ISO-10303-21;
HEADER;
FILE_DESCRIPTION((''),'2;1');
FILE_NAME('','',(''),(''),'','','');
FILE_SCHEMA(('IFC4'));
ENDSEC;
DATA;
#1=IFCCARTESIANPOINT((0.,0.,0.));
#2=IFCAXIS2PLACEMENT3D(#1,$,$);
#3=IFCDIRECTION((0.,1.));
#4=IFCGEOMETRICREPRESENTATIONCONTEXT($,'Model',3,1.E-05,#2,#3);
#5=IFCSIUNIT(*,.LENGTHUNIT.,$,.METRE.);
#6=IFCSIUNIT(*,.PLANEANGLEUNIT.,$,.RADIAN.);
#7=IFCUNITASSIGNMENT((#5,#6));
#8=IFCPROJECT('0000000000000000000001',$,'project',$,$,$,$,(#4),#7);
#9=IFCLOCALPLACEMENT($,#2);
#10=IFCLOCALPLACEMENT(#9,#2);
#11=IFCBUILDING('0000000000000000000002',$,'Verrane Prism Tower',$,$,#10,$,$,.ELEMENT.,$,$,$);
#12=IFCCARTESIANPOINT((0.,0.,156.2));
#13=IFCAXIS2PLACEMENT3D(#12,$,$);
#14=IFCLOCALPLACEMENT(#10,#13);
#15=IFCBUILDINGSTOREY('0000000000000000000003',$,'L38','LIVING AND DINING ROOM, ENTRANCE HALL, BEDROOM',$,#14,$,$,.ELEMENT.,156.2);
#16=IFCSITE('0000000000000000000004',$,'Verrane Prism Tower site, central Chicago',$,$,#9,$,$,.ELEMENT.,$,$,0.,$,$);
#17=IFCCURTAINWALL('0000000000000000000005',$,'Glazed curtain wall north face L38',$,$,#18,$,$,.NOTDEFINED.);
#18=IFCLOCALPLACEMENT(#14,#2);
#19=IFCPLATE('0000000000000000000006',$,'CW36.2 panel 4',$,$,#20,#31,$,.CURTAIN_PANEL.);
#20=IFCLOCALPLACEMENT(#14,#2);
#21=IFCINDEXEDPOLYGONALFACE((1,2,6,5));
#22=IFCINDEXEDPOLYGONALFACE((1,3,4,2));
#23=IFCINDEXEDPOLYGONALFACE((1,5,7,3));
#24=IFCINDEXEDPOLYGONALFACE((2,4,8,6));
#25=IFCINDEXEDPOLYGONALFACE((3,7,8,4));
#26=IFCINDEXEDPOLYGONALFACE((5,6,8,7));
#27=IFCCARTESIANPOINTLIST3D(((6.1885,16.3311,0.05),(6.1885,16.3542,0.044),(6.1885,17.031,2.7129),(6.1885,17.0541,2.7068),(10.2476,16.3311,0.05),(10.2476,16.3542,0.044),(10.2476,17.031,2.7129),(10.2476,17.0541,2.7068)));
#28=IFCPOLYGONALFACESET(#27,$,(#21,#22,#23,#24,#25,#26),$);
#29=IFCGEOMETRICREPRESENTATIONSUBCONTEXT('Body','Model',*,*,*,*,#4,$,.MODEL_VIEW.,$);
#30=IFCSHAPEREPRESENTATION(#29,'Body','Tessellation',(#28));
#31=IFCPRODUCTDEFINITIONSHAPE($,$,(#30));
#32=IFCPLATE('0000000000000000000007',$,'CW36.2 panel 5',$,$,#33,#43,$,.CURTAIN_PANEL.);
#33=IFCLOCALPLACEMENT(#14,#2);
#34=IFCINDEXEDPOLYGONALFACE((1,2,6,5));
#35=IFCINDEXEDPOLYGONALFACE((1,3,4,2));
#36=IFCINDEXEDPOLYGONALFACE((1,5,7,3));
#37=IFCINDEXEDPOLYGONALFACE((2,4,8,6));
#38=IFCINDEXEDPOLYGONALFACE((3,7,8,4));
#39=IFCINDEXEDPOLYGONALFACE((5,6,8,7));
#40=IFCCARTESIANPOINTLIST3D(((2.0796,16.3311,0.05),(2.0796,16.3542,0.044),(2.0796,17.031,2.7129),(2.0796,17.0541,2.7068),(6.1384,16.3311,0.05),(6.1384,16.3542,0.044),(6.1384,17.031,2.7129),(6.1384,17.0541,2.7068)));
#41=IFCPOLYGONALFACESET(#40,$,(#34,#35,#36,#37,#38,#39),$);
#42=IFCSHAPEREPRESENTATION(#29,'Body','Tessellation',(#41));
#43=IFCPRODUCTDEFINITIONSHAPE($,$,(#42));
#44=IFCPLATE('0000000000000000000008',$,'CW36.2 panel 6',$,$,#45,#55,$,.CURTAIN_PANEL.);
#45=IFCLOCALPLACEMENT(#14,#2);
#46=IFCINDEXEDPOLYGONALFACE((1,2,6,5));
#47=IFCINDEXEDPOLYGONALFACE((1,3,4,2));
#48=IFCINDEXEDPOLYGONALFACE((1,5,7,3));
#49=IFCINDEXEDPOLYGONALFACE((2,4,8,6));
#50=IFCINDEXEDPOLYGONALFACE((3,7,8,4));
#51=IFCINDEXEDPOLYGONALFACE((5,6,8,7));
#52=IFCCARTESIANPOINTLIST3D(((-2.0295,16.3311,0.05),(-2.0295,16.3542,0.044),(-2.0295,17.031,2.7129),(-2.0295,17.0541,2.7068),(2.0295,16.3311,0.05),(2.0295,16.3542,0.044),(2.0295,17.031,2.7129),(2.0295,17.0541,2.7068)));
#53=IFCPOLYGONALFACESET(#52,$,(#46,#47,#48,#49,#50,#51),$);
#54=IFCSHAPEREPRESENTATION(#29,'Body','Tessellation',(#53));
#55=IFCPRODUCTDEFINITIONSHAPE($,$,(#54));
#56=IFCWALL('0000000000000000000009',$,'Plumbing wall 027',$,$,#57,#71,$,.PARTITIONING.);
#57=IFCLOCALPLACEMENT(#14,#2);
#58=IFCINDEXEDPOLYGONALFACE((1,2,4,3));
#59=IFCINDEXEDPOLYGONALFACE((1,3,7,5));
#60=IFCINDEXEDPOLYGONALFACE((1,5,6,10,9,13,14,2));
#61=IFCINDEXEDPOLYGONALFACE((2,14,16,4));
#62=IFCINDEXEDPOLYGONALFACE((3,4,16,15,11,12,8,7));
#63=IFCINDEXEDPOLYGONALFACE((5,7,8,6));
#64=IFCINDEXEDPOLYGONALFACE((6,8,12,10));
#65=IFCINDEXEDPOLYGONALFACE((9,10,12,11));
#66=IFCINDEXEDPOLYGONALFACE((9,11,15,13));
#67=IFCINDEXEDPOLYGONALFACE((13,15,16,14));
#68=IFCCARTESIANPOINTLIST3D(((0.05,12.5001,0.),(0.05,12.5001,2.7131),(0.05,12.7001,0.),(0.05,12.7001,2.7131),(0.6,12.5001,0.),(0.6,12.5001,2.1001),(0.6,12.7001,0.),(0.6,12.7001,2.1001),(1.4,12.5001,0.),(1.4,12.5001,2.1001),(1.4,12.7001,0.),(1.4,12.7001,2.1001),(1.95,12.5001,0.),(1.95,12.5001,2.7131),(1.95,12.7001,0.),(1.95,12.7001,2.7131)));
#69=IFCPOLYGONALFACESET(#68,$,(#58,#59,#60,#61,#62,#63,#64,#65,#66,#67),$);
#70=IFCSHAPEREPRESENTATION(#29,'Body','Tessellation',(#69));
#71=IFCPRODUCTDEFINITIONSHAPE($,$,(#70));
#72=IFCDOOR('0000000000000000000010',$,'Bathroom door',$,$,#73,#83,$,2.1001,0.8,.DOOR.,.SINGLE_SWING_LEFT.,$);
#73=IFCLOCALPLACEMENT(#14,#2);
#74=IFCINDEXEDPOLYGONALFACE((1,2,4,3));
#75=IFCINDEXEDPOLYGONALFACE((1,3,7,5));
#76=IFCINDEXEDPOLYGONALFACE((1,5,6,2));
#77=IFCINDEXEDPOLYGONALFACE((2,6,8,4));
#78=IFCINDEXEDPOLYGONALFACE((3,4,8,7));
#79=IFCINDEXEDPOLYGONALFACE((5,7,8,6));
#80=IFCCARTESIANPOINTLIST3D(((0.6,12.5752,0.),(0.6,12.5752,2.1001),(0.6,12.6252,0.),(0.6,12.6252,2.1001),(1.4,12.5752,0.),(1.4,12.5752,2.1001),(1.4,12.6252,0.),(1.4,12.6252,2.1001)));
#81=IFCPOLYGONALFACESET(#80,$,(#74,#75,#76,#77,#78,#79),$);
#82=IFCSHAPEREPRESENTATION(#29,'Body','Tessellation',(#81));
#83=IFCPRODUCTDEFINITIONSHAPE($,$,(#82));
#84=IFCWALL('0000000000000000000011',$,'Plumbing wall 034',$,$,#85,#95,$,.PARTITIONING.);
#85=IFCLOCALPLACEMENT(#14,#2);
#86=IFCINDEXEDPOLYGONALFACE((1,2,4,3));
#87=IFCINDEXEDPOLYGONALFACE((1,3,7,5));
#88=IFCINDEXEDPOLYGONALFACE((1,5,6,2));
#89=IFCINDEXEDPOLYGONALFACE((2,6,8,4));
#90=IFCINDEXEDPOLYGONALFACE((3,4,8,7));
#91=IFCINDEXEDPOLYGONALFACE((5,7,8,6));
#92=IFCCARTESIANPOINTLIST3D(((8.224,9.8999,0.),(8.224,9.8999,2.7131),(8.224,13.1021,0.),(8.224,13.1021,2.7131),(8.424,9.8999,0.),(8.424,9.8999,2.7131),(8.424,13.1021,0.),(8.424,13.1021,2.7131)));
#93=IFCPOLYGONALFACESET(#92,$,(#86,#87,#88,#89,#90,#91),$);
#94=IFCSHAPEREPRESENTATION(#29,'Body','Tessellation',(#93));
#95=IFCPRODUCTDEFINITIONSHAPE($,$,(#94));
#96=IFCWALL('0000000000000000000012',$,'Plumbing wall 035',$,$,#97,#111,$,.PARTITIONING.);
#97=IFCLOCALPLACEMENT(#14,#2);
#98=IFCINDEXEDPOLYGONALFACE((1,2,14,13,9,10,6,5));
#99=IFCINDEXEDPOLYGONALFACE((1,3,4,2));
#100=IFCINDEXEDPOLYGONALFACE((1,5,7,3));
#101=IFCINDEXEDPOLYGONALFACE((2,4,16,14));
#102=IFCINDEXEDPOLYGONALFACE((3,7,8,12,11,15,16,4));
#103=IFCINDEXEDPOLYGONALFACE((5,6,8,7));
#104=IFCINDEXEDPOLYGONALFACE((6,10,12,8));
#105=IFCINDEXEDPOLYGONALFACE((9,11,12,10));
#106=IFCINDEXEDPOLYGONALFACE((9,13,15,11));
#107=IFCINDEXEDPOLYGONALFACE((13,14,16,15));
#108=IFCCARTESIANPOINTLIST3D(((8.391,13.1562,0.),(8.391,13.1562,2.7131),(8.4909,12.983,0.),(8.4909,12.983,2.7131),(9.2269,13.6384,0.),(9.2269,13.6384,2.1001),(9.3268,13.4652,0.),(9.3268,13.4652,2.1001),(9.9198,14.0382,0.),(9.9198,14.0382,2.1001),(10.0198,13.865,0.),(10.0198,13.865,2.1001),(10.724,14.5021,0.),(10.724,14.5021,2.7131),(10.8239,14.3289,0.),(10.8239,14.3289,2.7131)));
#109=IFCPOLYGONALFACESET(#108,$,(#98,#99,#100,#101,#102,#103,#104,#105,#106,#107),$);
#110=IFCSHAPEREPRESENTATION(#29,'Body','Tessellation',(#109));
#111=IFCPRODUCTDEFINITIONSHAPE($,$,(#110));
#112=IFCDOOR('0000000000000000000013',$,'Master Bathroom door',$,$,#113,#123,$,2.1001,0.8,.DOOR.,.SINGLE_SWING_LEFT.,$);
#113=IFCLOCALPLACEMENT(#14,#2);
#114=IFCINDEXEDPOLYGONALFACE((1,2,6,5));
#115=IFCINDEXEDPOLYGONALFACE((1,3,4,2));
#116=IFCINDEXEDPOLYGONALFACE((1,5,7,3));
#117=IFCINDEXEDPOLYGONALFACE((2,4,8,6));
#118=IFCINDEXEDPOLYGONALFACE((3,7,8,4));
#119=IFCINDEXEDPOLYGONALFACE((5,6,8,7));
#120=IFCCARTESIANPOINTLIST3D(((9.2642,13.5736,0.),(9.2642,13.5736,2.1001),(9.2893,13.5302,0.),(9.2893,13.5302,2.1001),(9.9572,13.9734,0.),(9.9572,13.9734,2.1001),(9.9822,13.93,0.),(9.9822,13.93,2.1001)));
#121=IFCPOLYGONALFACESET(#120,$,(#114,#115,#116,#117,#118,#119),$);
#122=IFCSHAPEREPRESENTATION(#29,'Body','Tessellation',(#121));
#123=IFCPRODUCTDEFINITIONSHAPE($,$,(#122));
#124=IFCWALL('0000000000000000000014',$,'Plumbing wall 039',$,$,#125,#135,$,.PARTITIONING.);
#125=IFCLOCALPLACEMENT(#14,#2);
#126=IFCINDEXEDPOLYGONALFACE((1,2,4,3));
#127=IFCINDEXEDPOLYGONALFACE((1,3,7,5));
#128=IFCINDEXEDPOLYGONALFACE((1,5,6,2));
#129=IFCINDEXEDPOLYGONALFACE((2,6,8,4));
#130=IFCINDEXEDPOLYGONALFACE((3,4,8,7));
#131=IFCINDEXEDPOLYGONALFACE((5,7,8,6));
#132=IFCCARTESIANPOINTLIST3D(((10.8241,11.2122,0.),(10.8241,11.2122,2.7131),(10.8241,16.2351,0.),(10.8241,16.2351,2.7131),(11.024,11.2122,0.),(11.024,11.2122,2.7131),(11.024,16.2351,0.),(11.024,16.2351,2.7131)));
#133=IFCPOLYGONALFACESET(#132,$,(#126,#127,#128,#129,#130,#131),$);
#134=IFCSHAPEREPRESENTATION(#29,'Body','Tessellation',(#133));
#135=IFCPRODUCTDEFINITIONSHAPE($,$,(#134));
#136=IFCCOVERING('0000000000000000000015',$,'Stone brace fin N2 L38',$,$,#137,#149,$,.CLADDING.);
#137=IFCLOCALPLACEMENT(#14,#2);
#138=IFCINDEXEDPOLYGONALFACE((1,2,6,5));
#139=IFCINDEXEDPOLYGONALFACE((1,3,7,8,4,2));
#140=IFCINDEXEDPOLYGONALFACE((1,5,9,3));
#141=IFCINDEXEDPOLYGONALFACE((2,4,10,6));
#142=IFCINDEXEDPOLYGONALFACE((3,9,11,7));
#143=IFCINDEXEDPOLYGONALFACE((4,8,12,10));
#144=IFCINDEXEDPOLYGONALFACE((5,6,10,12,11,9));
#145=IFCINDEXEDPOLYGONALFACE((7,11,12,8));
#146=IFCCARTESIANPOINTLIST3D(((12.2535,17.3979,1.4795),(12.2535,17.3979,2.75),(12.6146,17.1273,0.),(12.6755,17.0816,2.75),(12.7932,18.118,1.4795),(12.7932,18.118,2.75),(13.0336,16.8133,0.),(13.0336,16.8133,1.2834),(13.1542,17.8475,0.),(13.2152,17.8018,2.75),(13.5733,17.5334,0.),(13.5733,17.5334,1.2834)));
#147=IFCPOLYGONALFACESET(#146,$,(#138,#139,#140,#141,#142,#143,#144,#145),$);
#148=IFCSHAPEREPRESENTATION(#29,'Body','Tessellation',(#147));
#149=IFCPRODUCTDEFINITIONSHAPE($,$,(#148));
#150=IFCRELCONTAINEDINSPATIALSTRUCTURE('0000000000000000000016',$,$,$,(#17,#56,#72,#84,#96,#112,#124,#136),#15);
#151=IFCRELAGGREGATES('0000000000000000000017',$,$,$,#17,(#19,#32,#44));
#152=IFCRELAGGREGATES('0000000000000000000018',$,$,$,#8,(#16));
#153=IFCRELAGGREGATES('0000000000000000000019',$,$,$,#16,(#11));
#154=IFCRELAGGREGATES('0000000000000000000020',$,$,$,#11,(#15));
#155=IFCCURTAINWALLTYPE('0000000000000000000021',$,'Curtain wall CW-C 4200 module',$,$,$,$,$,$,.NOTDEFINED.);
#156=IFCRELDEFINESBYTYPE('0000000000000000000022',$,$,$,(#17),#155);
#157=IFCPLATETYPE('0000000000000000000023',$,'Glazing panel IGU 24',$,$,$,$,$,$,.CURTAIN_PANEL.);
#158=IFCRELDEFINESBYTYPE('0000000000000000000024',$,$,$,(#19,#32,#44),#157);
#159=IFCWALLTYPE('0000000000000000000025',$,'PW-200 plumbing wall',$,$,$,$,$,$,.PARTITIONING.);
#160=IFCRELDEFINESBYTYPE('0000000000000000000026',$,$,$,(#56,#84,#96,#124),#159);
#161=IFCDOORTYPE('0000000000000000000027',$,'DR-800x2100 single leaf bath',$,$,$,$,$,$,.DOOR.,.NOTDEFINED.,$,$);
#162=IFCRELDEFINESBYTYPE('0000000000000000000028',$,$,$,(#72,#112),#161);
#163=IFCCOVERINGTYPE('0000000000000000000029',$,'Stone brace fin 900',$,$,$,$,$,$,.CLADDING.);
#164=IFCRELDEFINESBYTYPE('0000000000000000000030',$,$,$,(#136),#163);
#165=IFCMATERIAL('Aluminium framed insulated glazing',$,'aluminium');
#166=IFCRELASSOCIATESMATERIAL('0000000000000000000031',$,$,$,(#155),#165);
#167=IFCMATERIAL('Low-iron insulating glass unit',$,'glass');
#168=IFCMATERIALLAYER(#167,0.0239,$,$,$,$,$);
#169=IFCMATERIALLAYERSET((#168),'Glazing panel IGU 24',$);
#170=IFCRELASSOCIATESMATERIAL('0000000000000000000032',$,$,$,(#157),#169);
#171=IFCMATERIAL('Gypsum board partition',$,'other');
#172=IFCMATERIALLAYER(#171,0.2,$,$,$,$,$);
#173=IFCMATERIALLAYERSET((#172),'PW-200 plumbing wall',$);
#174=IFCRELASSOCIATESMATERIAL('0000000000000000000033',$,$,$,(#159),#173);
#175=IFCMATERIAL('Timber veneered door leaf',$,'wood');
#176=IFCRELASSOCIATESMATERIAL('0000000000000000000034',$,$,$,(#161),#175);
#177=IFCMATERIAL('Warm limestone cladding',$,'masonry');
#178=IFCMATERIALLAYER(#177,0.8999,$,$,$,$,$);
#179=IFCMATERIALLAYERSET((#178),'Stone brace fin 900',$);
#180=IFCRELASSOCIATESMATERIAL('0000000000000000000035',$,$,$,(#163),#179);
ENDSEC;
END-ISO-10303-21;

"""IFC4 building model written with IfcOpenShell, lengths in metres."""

from ifc_helpers import new_model, si_unit, direction, frame, frame_2d, origin, place, context, subcontext, project, spatial, polyline, rectangle, outline, extrude, material, layer, layer_set, type_object, element, fill, aggregate, save


model = new_model("IFC4")

# Units and contexts
model_context = context("Model", 3, precision=1e-05, world=origin(), true_north=direction((0.0, 1.0)))
body_context = subcontext(model_context, "Body", "Model", "MODEL_VIEW")
ifc_project = project(units=[si_unit("LENGTHUNIT", "METRE"), si_unit("PLANEANGLEUNIT", "RADIAN")], contexts=[model_context])

# Site, building, storey
site_placement = place(None, origin())
site = spatial("IfcSite", under=ifc_project, at=site_placement, Name="Verrane Prism Tower site, central Chicago", CompositionType="ELEMENT", RefElevation=0.0)
building_placement = place(site_placement, origin())
building = spatial("IfcBuilding", under=site, at=building_placement, Name="Verrane Prism Tower", CompositionType="ELEMENT")
storey_placement = place(building_placement, frame((0.0, 0.0, 156.2)))
storey = spatial("IfcBuildingStorey", under=building, at=storey_placement, Name="L38", Description="LIVING AND DINING ROOM, ENTRANCE HALL, BEDROOM", CompositionType="ELEMENT", Elevation=156.2)

# Curtain wall
ifc_material_1 = material(Name="Aluminium framed insulated glazing", Category="aluminium")
curtain_wall_type = type_object("IfcCurtainWallType", Name="Curtain wall CW-C 4200 module", PredefinedType="NOTDEFINED", material=ifc_material_1)
curtain_wall_placement = place(storey_placement, origin())
curtain_wall = element("IfcCurtainWall", 1, at=curtain_wall_placement, inside=storey, type_object=curtain_wall_type, Name="Glazed curtain wall north face L38", PredefinedType="NOTDEFINED")

# Plates
ifc_material_2 = material(Name="Low-iron insulating glass unit", Category="glass")
ifc_layer_1 = layer(ifc_material_2, 0.0239)
ifc_layer_set_1 = layer_set([ifc_layer_1], Name="Glazing panel IGU 24")
plate_type = type_object("IfcPlateType", Name="Glazing panel IGU 24", PredefinedType="CURTAIN_PANEL", material=ifc_layer_set_1)
plate_1_placement = place(storey_placement, frame((10.2476, 16.3311, 0.05), z_axis=(0.0, -0.967146, 0.254223), x_axis=(-1.0, 0.0, 0.0)))
plate_1 = element("IfcPlate", 2, at=plate_1_placement, type_object=plate_type, Name="CW36.2 panel 4", PredefinedType="CURTAIN_PANEL", context=body_context, shape_type="SweptSolid", body=[
    extrude(outline(polyline([(0.0, 0.0), (4.0591, 0.0), (4.0591, -2.7533), (0.0, -2.7533), (0.0, 0.0)])), origin(), (0.0, 0.0, -1.0), 0.0239),
])
plate_2_placement = place(storey_placement, frame((6.1384, 16.3311, 0.05), z_axis=(0.0, -0.967146, 0.254223), x_axis=(-1.0, 0.0, 0.0)))
plate_2 = element("IfcPlate", 3, at=plate_2_placement, type_object=plate_type, Name="CW36.2 panel 5", PredefinedType="CURTAIN_PANEL", context=body_context, shape_type="SweptSolid", body=[
    extrude(outline(polyline([(0.0, 0.0), (4.0588, 0.0), (4.0588, -2.7533), (0.0, -2.7533), (0.0, 0.0)])), origin(), (0.0, 0.0, -1.0), 0.0239),
])
plate_3_placement = place(storey_placement, frame((2.0295, 16.3311, 0.05), z_axis=(0.0, -0.967146, 0.254223), x_axis=(-1.0, 0.0, 0.0)))
plate_3 = element("IfcPlate", 4, at=plate_3_placement, type_object=plate_type, Name="CW36.2 panel 6", PredefinedType="CURTAIN_PANEL", context=body_context, shape_type="SweptSolid", body=[
    extrude(outline(polyline([(0.0, 0.0), (4.0591, 0.0), (4.0591, -2.7533), (0.0, -2.7533), (0.0, 0.0)])), origin(), (0.0, 0.0, -1.0), 0.0239),
])
aggregate(curtain_wall, [plate_1, plate_2, plate_3])

# Wall, opening, door
ifc_material_3 = material(Name="Gypsum board partition", Category="other")
ifc_layer_2 = layer(ifc_material_3, 0.2)
ifc_layer_set_2 = layer_set([ifc_layer_2], Name="PW-200 plumbing wall")
wall_type = type_object("IfcWallType", Name="PW-200 plumbing wall", PredefinedType="PARTITIONING", material=ifc_layer_set_2)
wall_1_placement = place(storey_placement, frame((1.95, 12.6001, 0.0), z_axis=(0.0, 0.0, 1.0), x_axis=(-1.0, 0.0, 0.0)))
wall_1 = element("IfcWall", 5, at=wall_1_placement, inside=storey, type_object=wall_type, Name="Plumbing wall 027", PredefinedType="PARTITIONING", context=body_context, shape_type="SweptSolid", body=[
    extrude(rectangle(XDim=1.8999, YDim=0.2, at=frame_2d((0.95, 0.0))), origin(), (0.0, 0.0, 1.0), 2.7131),
])
opening_1_placement = place(wall_1_placement, frame((0.55, 0.0, 0.0)))
opening_1 = element("IfcOpeningElement", 6, at=opening_1_placement, cuts=wall_1, PredefinedType="OPENING", context=body_context, shape_type="SweptSolid", body=[
    extrude(rectangle(XDim=0.8, YDim=2.1001, at=frame_2d((0.3999, 1.05))), frame((0.0, 0.1099, 0.0), z_axis=(0.0, -1.0, 0.0), x_axis=(1.0, 0.0, 0.0)), (0.0, 0.0, 1.0), 0.22),
])
ifc_material_4 = material(Name="Timber veneered door leaf", Category="wood")
door_type = type_object("IfcDoorType", Name="DR-800x2100 single leaf bath", OperationType="NOTDEFINED", PredefinedType="DOOR", material=ifc_material_4)
door_1_placement = place(opening_1_placement, origin())
door_1 = element("IfcDoor", 7, at=door_1_placement, inside=storey, type_object=door_type, Name="Bathroom door", OperationType="SINGLE_SWING_LEFT", OverallHeight=2.1001, OverallWidth=0.8, PredefinedType="DOOR", context=body_context, shape_type="SweptSolid", body=[
    extrude(rectangle(XDim=0.8, YDim=2.1001, at=frame_2d((0.3999, 1.05))), frame((0.0, 0.0249, 0.0), z_axis=(0.0, -1.0, 0.0), x_axis=(1.0, 0.0, 0.0)), (0.0, 0.0, 1.0), 0.05),
])
fill(opening_1, door_1)

# Wall
wall_2_placement = place(storey_placement, frame((8.324, 9.8999, 0.0), z_axis=(0.0, 0.0, 1.0), x_axis=(0.0, 1.0, 0.0)))
element("IfcWall", 8, at=wall_2_placement, inside=storey, type_object=wall_type, Name="Plumbing wall 034", PredefinedType="PARTITIONING", context=body_context, shape_type="SweptSolid", body=[
    extrude(rectangle(XDim=3.2021, YDim=0.2, at=frame_2d((1.6011, 0.0))), origin(), (0.0, 0.0, 1.0), 2.7131),
])

# Wall, opening, door
wall_3_placement = place(storey_placement, frame((10.7739, 14.4155, 0.0), z_axis=(0.0, 0.0, 1.0), x_axis=(-0.866189, -0.499717, 0.0)))
wall_3 = element("IfcWall", 9, at=wall_3_placement, inside=storey, type_object=wall_type, Name="Plumbing wall 035", PredefinedType="PARTITIONING", context=body_context, shape_type="SweptSolid", body=[
    extrude(rectangle(XDim=2.6934, YDim=0.2, at=frame_2d((1.3467, 0.0))), origin(), (0.0, 0.0, 1.0), 2.7131),
])
opening_2_placement = place(wall_3_placement, frame((0.9285, 0.0, 0.0)))
opening_2 = element("IfcOpeningElement", 10, at=opening_2_placement, cuts=wall_3, PredefinedType="OPENING", context=body_context, shape_type="SweptSolid", body=[
    extrude(rectangle(XDim=0.8, YDim=2.1001, at=frame_2d((0.3999, 1.05))), frame((0.0, 0.1099, 0.0), z_axis=(0.0, -1.0, 0.0), x_axis=(1.0, 0.0, 0.0)), (0.0, 0.0, 1.0), 0.22),
])
door_2_placement = place(opening_2_placement, origin())
door_2 = element("IfcDoor", 11, at=door_2_placement, inside=storey, type_object=door_type, Name="Master Bathroom door", OperationType="SINGLE_SWING_LEFT", OverallHeight=2.1001, OverallWidth=0.8, PredefinedType="DOOR", context=body_context, shape_type="SweptSolid", body=[
    extrude(rectangle(XDim=0.8, YDim=2.1001, at=frame_2d((0.3999, 1.05))), frame((0.0, 0.0249, 0.0), z_axis=(0.0, -1.0, 0.0), x_axis=(1.0, 0.0, 0.0)), (0.0, 0.0, 1.0), 0.05),
])
fill(opening_2, door_2)

# Wall
wall_4_placement = place(storey_placement, frame((10.9241, 11.2122, 0.0), z_axis=(0.0, 0.0, 1.0), x_axis=(0.0, 1.0, 0.0)))
element("IfcWall", 12, at=wall_4_placement, inside=storey, type_object=wall_type, Name="Plumbing wall 039", PredefinedType="PARTITIONING", context=body_context, shape_type="SweptSolid", body=[
    extrude(rectangle(XDim=5.0229, YDim=0.2, at=frame_2d((2.5115, 0.0))), origin(), (0.0, 0.0, 1.0), 2.7131),
])

# Covering
ifc_material_5 = material(Name="Warm limestone cladding", Category="masonry")
ifc_layer_3 = layer(ifc_material_5, 0.8999)
ifc_layer_set_3 = layer_set([ifc_layer_3], Name="Stone brace fin 900")
covering_type = type_object("IfcCoveringType", Name="Stone brace fin 900", PredefinedType="CLADDING", material=ifc_layer_set_3)
covering_placement = place(storey_placement, frame((13.3035, 17.1733, 0.0), z_axis=(0.0, 0.0, 1.0), x_axis=(-0.80024, 0.599679, 0.0)))
element("IfcCovering", 13, at=covering_placement, inside=storey, type_object=covering_type, Name="Stone brace fin N2 L38", PredefinedType="CLADDING", context=body_context, shape_type="SweptSolid", body=[
    extrude(outline(polyline([(0.9749, 2.75), (0.4475, 2.75), (0.0, 1.2834), (0.0, 0.0), (0.5237, 0.0), (0.9749, 1.4795), (0.9749, 2.75)])), frame((0.0, 0.45, 0.0), z_axis=(0.0, -1.0, 0.0), x_axis=(1.0, 0.0, 0.0)), (0.0, 0.0, 1.0), 0.8999),
])

save(model, "model.ifc")
